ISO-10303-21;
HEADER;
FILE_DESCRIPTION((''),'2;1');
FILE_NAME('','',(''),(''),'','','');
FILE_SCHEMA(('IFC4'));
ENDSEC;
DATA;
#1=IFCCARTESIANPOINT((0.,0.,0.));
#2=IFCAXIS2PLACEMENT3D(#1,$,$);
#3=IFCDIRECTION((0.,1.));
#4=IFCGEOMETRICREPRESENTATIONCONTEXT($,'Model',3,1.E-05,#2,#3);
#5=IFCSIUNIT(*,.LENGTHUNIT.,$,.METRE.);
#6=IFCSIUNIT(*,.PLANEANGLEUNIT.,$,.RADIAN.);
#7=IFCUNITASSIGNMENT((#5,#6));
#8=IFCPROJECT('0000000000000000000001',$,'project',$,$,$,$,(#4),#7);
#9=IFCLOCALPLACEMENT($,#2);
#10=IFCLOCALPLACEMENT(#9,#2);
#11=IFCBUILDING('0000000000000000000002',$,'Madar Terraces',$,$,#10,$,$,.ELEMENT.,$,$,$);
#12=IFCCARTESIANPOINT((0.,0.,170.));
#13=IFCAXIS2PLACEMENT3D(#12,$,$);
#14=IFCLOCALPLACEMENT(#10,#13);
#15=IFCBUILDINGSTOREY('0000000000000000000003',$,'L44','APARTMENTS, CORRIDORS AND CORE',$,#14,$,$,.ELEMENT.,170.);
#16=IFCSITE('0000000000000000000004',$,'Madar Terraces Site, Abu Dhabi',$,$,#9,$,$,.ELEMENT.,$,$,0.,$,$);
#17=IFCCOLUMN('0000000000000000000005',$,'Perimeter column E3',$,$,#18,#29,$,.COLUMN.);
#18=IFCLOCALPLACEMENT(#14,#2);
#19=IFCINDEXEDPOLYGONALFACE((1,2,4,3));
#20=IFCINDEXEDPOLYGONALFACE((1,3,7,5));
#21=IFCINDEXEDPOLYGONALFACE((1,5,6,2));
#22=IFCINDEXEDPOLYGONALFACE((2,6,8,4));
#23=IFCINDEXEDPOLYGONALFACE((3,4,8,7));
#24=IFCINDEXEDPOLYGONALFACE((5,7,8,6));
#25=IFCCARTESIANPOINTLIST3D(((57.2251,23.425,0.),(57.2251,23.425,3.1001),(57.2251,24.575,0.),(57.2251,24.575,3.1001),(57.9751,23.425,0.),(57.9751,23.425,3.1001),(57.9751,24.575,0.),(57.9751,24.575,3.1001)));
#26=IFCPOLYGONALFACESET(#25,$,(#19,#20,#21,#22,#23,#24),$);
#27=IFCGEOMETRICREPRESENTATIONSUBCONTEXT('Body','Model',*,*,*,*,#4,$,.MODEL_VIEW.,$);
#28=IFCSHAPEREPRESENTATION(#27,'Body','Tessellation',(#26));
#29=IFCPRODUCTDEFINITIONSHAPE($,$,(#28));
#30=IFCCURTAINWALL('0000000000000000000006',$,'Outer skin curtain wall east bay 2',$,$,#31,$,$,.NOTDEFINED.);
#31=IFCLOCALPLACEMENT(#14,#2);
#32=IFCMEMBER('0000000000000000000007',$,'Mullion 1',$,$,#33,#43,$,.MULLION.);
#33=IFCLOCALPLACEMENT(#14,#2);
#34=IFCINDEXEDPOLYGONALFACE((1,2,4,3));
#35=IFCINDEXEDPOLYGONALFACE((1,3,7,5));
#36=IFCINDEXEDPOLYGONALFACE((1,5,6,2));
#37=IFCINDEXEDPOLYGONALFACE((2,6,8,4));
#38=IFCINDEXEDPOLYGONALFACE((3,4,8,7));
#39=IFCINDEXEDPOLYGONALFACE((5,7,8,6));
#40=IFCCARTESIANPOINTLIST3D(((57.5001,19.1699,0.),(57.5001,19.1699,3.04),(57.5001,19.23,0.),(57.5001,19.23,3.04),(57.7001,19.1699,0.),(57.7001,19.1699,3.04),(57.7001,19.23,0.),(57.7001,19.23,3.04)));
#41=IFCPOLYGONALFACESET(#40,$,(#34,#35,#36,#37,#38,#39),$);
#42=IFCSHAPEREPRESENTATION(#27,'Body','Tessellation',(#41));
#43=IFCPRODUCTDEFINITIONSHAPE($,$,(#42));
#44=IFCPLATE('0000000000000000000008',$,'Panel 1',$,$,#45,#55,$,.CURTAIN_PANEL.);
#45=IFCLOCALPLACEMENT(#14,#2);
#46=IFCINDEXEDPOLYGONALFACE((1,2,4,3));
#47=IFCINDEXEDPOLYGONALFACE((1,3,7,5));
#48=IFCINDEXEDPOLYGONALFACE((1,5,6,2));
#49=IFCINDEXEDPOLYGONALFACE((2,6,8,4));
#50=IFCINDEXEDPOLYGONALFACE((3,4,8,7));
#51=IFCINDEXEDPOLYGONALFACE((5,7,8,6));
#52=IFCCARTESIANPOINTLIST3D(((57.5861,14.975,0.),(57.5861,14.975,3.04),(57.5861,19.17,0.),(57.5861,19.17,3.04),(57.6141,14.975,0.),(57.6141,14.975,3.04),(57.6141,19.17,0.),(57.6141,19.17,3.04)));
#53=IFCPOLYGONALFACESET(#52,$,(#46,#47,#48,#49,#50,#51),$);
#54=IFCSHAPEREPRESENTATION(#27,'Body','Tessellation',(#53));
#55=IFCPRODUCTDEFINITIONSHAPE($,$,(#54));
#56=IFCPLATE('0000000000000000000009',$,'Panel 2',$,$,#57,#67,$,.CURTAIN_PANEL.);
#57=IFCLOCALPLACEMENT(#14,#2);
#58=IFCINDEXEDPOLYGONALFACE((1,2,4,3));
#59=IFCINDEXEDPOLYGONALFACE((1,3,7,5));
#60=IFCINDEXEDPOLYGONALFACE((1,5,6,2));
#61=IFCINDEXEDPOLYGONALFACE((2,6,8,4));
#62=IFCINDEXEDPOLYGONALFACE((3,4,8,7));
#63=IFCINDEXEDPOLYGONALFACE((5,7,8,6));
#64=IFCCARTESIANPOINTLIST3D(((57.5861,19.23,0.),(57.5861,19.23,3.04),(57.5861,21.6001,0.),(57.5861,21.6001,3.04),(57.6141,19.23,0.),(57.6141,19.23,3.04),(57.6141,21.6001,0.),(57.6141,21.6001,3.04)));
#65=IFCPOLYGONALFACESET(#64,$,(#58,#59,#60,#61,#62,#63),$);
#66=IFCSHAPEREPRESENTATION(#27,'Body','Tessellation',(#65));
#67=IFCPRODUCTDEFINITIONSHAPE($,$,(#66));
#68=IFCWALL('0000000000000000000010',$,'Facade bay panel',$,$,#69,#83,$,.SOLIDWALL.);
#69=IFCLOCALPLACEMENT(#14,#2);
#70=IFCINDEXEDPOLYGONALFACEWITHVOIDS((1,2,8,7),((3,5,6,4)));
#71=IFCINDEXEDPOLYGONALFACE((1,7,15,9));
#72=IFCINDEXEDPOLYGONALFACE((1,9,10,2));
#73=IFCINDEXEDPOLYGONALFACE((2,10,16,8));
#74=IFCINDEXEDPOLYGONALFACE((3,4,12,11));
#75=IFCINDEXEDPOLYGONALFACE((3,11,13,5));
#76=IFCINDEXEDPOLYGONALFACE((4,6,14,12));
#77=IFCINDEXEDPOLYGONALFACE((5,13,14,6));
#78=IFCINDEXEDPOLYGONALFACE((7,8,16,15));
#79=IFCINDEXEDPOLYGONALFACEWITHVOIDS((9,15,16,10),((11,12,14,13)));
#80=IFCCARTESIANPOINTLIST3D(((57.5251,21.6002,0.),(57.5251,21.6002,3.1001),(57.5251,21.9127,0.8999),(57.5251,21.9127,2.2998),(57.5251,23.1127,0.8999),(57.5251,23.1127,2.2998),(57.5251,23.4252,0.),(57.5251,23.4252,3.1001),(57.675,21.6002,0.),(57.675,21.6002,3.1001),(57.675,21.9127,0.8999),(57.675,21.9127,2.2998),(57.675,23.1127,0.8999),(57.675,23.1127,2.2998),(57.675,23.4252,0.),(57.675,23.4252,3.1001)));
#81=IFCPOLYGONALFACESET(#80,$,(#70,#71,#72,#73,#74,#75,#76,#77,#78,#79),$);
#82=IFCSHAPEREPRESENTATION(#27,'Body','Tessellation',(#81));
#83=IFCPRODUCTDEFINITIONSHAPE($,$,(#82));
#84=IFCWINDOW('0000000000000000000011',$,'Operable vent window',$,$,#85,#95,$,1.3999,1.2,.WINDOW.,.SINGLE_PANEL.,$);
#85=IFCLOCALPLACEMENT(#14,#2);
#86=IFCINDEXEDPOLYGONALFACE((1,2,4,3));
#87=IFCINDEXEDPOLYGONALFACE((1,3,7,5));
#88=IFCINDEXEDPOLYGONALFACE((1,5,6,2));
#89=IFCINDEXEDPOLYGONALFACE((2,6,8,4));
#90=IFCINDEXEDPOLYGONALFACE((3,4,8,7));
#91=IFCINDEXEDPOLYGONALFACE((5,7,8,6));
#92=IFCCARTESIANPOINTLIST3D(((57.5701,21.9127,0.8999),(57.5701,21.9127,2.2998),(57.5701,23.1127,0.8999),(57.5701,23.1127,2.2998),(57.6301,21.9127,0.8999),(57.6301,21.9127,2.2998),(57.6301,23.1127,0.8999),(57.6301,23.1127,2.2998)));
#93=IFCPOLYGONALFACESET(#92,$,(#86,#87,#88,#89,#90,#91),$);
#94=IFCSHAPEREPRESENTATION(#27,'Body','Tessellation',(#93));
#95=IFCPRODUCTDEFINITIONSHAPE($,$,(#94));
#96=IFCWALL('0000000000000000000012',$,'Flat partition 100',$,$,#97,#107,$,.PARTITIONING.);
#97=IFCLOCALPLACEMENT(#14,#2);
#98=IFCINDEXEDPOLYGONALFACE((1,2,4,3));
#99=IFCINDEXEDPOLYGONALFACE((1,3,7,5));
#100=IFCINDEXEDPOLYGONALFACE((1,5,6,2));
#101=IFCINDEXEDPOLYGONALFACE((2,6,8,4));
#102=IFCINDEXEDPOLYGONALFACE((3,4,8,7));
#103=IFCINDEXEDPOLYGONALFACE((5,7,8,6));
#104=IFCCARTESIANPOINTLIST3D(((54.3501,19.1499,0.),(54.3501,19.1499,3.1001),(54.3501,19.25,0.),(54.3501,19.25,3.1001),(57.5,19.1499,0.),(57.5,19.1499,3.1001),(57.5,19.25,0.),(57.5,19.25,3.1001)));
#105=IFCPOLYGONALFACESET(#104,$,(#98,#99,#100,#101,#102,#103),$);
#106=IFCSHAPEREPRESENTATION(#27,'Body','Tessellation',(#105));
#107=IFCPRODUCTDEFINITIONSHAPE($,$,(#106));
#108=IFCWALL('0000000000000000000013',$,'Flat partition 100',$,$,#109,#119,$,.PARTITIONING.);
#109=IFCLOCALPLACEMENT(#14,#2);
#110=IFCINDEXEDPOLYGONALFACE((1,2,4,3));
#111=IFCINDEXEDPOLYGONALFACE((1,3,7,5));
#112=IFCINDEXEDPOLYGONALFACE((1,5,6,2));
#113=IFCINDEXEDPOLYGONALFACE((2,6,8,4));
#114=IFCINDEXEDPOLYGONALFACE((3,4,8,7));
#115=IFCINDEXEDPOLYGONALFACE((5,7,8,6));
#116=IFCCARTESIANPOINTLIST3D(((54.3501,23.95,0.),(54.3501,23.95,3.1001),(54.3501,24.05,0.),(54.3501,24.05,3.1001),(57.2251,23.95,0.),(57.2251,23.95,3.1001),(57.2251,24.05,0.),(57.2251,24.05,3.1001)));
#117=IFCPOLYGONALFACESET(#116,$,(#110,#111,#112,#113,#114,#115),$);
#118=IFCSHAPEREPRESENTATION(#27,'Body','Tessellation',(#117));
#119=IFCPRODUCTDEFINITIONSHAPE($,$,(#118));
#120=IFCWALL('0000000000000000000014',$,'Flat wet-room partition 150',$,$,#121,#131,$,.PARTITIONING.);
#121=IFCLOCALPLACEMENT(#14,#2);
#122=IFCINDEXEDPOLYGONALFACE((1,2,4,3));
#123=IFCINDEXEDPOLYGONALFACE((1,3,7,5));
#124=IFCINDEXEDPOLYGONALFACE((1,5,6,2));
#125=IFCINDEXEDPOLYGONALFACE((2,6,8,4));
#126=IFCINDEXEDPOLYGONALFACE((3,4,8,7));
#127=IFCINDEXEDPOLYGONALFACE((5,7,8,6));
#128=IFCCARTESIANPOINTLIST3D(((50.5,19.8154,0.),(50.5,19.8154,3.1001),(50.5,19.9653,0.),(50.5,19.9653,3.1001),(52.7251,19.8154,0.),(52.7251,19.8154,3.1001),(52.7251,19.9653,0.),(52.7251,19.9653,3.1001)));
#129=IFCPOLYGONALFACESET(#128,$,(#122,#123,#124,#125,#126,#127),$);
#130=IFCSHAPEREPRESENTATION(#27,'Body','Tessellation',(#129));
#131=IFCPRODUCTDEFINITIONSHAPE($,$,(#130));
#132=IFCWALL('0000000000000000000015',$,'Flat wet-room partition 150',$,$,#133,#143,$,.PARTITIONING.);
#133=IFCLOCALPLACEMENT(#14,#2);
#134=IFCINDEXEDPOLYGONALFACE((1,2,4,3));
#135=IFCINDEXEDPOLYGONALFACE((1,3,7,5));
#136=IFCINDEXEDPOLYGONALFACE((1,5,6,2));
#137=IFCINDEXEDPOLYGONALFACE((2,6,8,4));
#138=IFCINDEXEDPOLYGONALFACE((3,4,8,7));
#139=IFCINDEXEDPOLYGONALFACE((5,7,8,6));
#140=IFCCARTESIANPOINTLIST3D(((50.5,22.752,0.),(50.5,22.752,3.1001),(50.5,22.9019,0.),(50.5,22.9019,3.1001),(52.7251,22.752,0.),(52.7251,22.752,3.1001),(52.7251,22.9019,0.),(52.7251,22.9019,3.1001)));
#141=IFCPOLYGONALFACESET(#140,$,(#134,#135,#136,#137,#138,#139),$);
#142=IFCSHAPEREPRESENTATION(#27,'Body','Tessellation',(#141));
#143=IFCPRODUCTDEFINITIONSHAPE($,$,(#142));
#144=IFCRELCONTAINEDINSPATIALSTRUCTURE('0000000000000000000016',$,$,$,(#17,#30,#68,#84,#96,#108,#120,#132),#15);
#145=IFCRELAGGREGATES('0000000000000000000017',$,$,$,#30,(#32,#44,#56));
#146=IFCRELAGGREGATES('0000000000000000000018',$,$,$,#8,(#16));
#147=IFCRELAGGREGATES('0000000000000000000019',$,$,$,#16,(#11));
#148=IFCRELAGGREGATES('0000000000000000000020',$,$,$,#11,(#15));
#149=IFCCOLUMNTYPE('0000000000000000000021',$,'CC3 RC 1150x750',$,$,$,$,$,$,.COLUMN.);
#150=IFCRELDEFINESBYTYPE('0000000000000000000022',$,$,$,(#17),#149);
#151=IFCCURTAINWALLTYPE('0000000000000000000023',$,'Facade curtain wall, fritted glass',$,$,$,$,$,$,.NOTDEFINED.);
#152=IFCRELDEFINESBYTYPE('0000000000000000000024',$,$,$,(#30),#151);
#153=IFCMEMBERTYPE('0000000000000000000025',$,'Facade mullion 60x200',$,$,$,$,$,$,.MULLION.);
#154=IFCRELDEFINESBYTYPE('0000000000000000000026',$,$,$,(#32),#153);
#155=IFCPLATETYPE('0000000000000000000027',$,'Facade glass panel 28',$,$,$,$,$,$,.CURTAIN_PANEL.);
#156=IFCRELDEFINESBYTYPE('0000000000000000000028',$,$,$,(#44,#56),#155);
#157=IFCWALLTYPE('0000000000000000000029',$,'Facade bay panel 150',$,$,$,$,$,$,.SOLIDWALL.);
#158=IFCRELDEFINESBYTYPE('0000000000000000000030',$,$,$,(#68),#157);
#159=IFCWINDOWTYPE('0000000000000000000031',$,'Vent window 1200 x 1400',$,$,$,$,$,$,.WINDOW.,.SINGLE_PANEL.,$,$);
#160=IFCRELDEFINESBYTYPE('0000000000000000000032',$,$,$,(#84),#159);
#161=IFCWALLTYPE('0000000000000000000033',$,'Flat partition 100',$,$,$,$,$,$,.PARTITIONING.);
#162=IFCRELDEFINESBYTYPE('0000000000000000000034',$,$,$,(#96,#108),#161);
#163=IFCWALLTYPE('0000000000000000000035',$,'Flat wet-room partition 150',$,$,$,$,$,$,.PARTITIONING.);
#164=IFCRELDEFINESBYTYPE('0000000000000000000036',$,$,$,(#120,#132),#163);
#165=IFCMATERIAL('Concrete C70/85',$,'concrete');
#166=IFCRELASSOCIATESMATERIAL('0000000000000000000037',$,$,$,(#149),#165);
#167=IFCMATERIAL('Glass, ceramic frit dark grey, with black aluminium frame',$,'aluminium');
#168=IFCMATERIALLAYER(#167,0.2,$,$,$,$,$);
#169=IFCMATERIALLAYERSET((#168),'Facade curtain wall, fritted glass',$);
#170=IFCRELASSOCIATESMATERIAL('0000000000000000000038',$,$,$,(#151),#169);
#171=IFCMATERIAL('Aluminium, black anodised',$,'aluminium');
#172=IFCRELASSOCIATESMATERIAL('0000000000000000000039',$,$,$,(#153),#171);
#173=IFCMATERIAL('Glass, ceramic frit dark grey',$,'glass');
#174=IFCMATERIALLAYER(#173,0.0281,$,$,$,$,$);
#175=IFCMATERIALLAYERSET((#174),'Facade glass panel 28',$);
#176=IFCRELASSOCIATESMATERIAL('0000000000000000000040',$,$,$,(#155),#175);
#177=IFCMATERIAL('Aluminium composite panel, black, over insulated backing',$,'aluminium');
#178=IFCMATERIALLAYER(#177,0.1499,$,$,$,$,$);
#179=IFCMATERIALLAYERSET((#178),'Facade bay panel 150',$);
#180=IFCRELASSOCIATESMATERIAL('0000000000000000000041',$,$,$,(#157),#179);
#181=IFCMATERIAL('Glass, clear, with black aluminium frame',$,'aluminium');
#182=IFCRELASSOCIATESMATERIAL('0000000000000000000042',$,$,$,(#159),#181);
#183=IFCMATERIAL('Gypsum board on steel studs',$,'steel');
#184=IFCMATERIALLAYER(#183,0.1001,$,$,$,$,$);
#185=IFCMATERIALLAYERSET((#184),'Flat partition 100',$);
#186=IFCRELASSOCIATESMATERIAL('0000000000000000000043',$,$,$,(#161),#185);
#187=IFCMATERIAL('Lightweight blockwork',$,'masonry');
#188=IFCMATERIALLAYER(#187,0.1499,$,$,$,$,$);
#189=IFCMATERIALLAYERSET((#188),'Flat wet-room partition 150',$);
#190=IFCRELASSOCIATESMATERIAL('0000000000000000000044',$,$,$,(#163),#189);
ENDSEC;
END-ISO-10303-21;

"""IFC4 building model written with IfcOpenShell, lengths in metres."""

from ifc_helpers import new_model, si_unit, direction, frame, frame_2d, origin, origin_2d, place, context, subcontext, project, spatial, rectangle, extrude, material, layer, layer_set, material_profile, profile_set, type_object, element, fill, aggregate, save


model = new_model("IFC4")

# Units and contexts
model_context = context("Model", 3, precision=1e-05, world=origin(), true_north=direction((0.0, 1.0)))
body_context = subcontext(model_context, "Body", "Model", "MODEL_VIEW")
ifc_project = project(units=[si_unit("LENGTHUNIT", "METRE"), si_unit("PLANEANGLEUNIT", "RADIAN")], contexts=[model_context])

# Site, building, storey
site_placement = place(None, origin())
site = spatial("IfcSite", under=ifc_project, at=site_placement, Name="Madar Terraces Site, Abu Dhabi", CompositionType="ELEMENT", RefElevation=0.0)
building_placement = place(site_placement, origin())
building = spatial("IfcBuilding", under=site, at=building_placement, Name="Madar Terraces", CompositionType="ELEMENT")
storey_placement = place(building_placement, frame((0.0, 0.0, 170.0)))
storey = spatial("IfcBuildingStorey", under=building, at=storey_placement, Name="L44", Description="APARTMENTS, CORRIDORS AND CORE", CompositionType="ELEMENT", Elevation=170.0)

# Column
ifc_material_1 = material(Name="Concrete C70/85", Category="concrete")
ifc_material_profile_1 = material_profile(ifc_material_1, rectangle(XDim=1.1499, YDim=0.75, at=origin_2d()), Name="CC3 RC 1150x750")
ifc_profile_set_1 = profile_set([ifc_material_profile_1], Name="Concrete C70/85")
column_type = type_object("IfcColumnType", Name="CC3 RC 1150x750", PredefinedType="COLUMN", material=ifc_profile_set_1)
column_placement = place(storey_placement, frame((57.6001, 24.0, 0.0), z_axis=(0.0, 0.0, 1.0), x_axis=(0.0, 1.0, 0.0)))
element("IfcColumn", 1, at=column_placement, inside=storey, type_object=column_type, Name="Perimeter column E3", PredefinedType="COLUMN", context=body_context, shape_type="SweptSolid", body=[
    extrude(rectangle(XDim=1.1499, YDim=0.75, at=origin_2d()), origin(), (0.0, 0.0, 1.0), 3.1001),
])

# Curtain wall, member, plates
ifc_material_2 = material(Name="Glass, ceramic frit dark grey, with black aluminium frame", Category="aluminium")
ifc_layer_1 = layer(ifc_material_2, 0.2)
ifc_layer_set_1 = layer_set([ifc_layer_1], Name="Facade curtain wall, fritted glass")
curtain_wall_type = type_object("IfcCurtainWallType", Name="Facade curtain wall, fritted glass", PredefinedType="NOTDEFINED", material=ifc_layer_set_1)
curtain_wall_placement = place(storey_placement, origin())
curtain_wall = element("IfcCurtainWall", 2, at=curtain_wall_placement, inside=storey, type_object=curtain_wall_type, Name="Outer skin curtain wall east bay 2", PredefinedType="NOTDEFINED")
ifc_material_3 = material(Name="Aluminium, black anodised", Category="aluminium")
ifc_material_profile_2 = material_profile(ifc_material_3, rectangle(XDim=0.2, YDim=0.0601, at=origin_2d()), Name="Facade mullion 60x200")
ifc_profile_set_2 = profile_set([ifc_material_profile_2], Name="Aluminium, black anodised")
member_type = type_object("IfcMemberType", Name="Facade mullion 60x200", PredefinedType="MULLION", material=ifc_profile_set_2)
member_placement = place(storey_placement, frame((57.6001, 19.2, 0.0), z_axis=(0.0, 0.0, 1.0), x_axis=(-1.0, 0.0, 0.0)))
member = element("IfcMember", 3, at=member_placement, type_object=member_type, Name="Mullion 1", PredefinedType="MULLION", context=body_context, shape_type="SweptSolid", body=[
    extrude(rectangle(XDim=0.2, YDim=0.0601, at=origin_2d()), origin(), (0.0, 0.0, 1.0), 3.04),
])
ifc_material_4 = material(Name="Glass, ceramic frit dark grey", Category="glass")
ifc_layer_2 = layer(ifc_material_4, 0.0281)
ifc_layer_set_2 = layer_set([ifc_layer_2], Name="Facade glass panel 28")
plate_type = type_object("IfcPlateType", Name="Facade glass panel 28", PredefinedType="CURTAIN_PANEL", material=ifc_layer_set_2)
plate_1_placement = place(storey_placement, frame((57.6001, 17.0725, 0.0), z_axis=(0.0, 0.0, 1.0), x_axis=(0.0, 1.0, 0.0)))
plate_1 = element("IfcPlate", 4, at=plate_1_placement, type_object=plate_type, Name="Panel 1", PredefinedType="CURTAIN_PANEL", context=body_context, shape_type="SweptSolid", body=[
    extrude(rectangle(XDim=4.1951, YDim=0.0281, at=origin_2d()), origin(), (0.0, 0.0, 1.0), 3.04),
])
plate_2_placement = place(storey_placement, frame((57.6001, 20.415, 0.0), z_axis=(0.0, 0.0, 1.0), x_axis=(0.0, 1.0, 0.0)))
plate_2 = element("IfcPlate", 5, at=plate_2_placement, type_object=plate_type, Name="Panel 2", PredefinedType="CURTAIN_PANEL", context=body_context, shape_type="SweptSolid", body=[
    extrude(rectangle(XDim=2.3701, YDim=0.0281, at=origin_2d()), origin(), (0.0, 0.0, 1.0), 3.04),
])
aggregate(curtain_wall, [member, plate_1, plate_2])

# Wall, opening, window
ifc_material_5 = material(Name="Aluminium composite panel, black, over insulated backing", Category="aluminium")
ifc_layer_3 = layer(ifc_material_5, 0.1499)
ifc_layer_set_3 = layer_set([ifc_layer_3], Name="Facade bay panel 150")
wall_type_1 = type_object("IfcWallType", Name="Facade bay panel 150", PredefinedType="SOLIDWALL", material=ifc_layer_set_3)
wall_1_placement = place(storey_placement, frame((57.6001, 21.6001, 0.0), z_axis=(0.0, 0.0, 1.0), x_axis=(0.0, 1.0, 0.0)))
wall_1 = element("IfcWall", 6, at=wall_1_placement, inside=storey, type_object=wall_type_1, Name="Facade bay panel", PredefinedType="SOLIDWALL", context=body_context, shape_type="SweptSolid", body=[
    extrude(rectangle(XDim=1.825, YDim=0.1499, at=frame_2d((0.9126, 0.0))), origin(), (0.0, 0.0, 1.0), 3.1001),
])
opening_1_placement = place(wall_1_placement, frame((0.3125, 0.0, 0.8999)))
opening_1 = element("IfcOpeningElement", 7, at=opening_1_placement, cuts=wall_1, PredefinedType="OPENING", context=body_context, shape_type="SweptSolid", body=[
    extrude(rectangle(XDim=1.2, YDim=1.3999, at=frame_2d((0.6001, 0.7))), frame((0.0, 0.085, 0.0), z_axis=(0.0, -1.0, 0.0), x_axis=(1.0, 0.0, 0.0)), (0.0, 0.0, 1.0), 0.1699),
])
ifc_material_6 = material(Name="Glass, clear, with black aluminium frame", Category="aluminium")
window_type = type_object("IfcWindowType", Name="Vent window 1200 x 1400", PartitioningType="SINGLE_PANEL", PredefinedType="WINDOW", material=ifc_material_6)
window_placement = place(opening_1_placement, origin())
window = element("IfcWindow", 8, at=window_placement, inside=storey, type_object=window_type, Name="Operable vent window", OverallHeight=1.3999, OverallWidth=1.2, PartitioningType="SINGLE_PANEL", PredefinedType="WINDOW", context=body_context, shape_type="SweptSolid", body=[
    extrude(rectangle(XDim=1.2, YDim=1.3999, at=frame_2d((0.6001, 0.7))), frame((0.0, 0.03, 0.0), z_axis=(0.0, -1.0, 0.0), x_axis=(1.0, 0.0, 0.0)), (0.0, 0.0, 1.0), 0.0601),
])
fill(opening_1, window)

# Walls
ifc_material_7 = material(Name="Gypsum board on steel studs", Category="steel")
ifc_layer_4 = layer(ifc_material_7, 0.1001)
ifc_layer_set_4 = layer_set([ifc_layer_4], Name="Flat partition 100")
wall_type_2 = type_object("IfcWallType", Name="Flat partition 100", PredefinedType="PARTITIONING", material=ifc_layer_set_4)
wall_2_placement = place(storey_placement, frame((54.3501, 19.2, 0.0), z_axis=(0.0, 0.0, 1.0), x_axis=(1.0, 0.0, 0.0)))
element("IfcWall", 9, at=wall_2_placement, inside=storey, type_object=wall_type_2, Name="Flat partition 100", PredefinedType="PARTITIONING", context=body_context, shape_type="SweptSolid", body=[
    extrude(rectangle(XDim=3.1499, YDim=0.1001, at=frame_2d((1.575, 0.0))), origin(), (0.0, 0.0, 1.0), 3.1001),
])
wall_3_placement = place(storey_placement, frame((54.3501, 24.0, 0.0), z_axis=(0.0, 0.0, 1.0), x_axis=(1.0, 0.0, 0.0)))
element("IfcWall", 10, at=wall_3_placement, inside=storey, type_object=wall_type_2, Name="Flat partition 100", PredefinedType="PARTITIONING", context=body_context, shape_type="SweptSolid", body=[
    extrude(rectangle(XDim=2.875, YDim=0.1001, at=frame_2d((1.4375, 0.0))), origin(), (0.0, 0.0, 1.0), 3.1001),
])
ifc_material_8 = material(Name="Lightweight blockwork", Category="masonry")
ifc_layer_5 = layer(ifc_material_8, 0.1499)
ifc_layer_set_5 = layer_set([ifc_layer_5], Name="Flat wet-room partition 150")
wall_type_3 = type_object("IfcWallType", Name="Flat wet-room partition 150", PredefinedType="PARTITIONING", material=ifc_layer_set_5)
for number, where, z_axis, x_axis, name in (
    (11, (50.5, 19.8904, 0.0), (0.0, 0.0, 1.0), (1.0, 0.0, 0.0), "Flat wet-room partition 150"),
    (12, (50.5, 22.8269, 0.0), (0.0, 0.0, 1.0), (1.0, 0.0, 0.0), "Flat wet-room partition 150"),
):
    element("IfcWall", number, at=place(storey_placement, frame(where, z_axis=z_axis, x_axis=x_axis)), inside=storey, type_object=wall_type_3, Name=name, PredefinedType="PARTITIONING", context=body_context, shape_type="SweptSolid", body=[
        extrude(rectangle(XDim=2.2251, YDim=0.1499, at=frame_2d((1.1125, 0.0))), origin(), (0.0, 0.0, 1.0), 3.1001),
    ])

save(model, "model.ifc")
